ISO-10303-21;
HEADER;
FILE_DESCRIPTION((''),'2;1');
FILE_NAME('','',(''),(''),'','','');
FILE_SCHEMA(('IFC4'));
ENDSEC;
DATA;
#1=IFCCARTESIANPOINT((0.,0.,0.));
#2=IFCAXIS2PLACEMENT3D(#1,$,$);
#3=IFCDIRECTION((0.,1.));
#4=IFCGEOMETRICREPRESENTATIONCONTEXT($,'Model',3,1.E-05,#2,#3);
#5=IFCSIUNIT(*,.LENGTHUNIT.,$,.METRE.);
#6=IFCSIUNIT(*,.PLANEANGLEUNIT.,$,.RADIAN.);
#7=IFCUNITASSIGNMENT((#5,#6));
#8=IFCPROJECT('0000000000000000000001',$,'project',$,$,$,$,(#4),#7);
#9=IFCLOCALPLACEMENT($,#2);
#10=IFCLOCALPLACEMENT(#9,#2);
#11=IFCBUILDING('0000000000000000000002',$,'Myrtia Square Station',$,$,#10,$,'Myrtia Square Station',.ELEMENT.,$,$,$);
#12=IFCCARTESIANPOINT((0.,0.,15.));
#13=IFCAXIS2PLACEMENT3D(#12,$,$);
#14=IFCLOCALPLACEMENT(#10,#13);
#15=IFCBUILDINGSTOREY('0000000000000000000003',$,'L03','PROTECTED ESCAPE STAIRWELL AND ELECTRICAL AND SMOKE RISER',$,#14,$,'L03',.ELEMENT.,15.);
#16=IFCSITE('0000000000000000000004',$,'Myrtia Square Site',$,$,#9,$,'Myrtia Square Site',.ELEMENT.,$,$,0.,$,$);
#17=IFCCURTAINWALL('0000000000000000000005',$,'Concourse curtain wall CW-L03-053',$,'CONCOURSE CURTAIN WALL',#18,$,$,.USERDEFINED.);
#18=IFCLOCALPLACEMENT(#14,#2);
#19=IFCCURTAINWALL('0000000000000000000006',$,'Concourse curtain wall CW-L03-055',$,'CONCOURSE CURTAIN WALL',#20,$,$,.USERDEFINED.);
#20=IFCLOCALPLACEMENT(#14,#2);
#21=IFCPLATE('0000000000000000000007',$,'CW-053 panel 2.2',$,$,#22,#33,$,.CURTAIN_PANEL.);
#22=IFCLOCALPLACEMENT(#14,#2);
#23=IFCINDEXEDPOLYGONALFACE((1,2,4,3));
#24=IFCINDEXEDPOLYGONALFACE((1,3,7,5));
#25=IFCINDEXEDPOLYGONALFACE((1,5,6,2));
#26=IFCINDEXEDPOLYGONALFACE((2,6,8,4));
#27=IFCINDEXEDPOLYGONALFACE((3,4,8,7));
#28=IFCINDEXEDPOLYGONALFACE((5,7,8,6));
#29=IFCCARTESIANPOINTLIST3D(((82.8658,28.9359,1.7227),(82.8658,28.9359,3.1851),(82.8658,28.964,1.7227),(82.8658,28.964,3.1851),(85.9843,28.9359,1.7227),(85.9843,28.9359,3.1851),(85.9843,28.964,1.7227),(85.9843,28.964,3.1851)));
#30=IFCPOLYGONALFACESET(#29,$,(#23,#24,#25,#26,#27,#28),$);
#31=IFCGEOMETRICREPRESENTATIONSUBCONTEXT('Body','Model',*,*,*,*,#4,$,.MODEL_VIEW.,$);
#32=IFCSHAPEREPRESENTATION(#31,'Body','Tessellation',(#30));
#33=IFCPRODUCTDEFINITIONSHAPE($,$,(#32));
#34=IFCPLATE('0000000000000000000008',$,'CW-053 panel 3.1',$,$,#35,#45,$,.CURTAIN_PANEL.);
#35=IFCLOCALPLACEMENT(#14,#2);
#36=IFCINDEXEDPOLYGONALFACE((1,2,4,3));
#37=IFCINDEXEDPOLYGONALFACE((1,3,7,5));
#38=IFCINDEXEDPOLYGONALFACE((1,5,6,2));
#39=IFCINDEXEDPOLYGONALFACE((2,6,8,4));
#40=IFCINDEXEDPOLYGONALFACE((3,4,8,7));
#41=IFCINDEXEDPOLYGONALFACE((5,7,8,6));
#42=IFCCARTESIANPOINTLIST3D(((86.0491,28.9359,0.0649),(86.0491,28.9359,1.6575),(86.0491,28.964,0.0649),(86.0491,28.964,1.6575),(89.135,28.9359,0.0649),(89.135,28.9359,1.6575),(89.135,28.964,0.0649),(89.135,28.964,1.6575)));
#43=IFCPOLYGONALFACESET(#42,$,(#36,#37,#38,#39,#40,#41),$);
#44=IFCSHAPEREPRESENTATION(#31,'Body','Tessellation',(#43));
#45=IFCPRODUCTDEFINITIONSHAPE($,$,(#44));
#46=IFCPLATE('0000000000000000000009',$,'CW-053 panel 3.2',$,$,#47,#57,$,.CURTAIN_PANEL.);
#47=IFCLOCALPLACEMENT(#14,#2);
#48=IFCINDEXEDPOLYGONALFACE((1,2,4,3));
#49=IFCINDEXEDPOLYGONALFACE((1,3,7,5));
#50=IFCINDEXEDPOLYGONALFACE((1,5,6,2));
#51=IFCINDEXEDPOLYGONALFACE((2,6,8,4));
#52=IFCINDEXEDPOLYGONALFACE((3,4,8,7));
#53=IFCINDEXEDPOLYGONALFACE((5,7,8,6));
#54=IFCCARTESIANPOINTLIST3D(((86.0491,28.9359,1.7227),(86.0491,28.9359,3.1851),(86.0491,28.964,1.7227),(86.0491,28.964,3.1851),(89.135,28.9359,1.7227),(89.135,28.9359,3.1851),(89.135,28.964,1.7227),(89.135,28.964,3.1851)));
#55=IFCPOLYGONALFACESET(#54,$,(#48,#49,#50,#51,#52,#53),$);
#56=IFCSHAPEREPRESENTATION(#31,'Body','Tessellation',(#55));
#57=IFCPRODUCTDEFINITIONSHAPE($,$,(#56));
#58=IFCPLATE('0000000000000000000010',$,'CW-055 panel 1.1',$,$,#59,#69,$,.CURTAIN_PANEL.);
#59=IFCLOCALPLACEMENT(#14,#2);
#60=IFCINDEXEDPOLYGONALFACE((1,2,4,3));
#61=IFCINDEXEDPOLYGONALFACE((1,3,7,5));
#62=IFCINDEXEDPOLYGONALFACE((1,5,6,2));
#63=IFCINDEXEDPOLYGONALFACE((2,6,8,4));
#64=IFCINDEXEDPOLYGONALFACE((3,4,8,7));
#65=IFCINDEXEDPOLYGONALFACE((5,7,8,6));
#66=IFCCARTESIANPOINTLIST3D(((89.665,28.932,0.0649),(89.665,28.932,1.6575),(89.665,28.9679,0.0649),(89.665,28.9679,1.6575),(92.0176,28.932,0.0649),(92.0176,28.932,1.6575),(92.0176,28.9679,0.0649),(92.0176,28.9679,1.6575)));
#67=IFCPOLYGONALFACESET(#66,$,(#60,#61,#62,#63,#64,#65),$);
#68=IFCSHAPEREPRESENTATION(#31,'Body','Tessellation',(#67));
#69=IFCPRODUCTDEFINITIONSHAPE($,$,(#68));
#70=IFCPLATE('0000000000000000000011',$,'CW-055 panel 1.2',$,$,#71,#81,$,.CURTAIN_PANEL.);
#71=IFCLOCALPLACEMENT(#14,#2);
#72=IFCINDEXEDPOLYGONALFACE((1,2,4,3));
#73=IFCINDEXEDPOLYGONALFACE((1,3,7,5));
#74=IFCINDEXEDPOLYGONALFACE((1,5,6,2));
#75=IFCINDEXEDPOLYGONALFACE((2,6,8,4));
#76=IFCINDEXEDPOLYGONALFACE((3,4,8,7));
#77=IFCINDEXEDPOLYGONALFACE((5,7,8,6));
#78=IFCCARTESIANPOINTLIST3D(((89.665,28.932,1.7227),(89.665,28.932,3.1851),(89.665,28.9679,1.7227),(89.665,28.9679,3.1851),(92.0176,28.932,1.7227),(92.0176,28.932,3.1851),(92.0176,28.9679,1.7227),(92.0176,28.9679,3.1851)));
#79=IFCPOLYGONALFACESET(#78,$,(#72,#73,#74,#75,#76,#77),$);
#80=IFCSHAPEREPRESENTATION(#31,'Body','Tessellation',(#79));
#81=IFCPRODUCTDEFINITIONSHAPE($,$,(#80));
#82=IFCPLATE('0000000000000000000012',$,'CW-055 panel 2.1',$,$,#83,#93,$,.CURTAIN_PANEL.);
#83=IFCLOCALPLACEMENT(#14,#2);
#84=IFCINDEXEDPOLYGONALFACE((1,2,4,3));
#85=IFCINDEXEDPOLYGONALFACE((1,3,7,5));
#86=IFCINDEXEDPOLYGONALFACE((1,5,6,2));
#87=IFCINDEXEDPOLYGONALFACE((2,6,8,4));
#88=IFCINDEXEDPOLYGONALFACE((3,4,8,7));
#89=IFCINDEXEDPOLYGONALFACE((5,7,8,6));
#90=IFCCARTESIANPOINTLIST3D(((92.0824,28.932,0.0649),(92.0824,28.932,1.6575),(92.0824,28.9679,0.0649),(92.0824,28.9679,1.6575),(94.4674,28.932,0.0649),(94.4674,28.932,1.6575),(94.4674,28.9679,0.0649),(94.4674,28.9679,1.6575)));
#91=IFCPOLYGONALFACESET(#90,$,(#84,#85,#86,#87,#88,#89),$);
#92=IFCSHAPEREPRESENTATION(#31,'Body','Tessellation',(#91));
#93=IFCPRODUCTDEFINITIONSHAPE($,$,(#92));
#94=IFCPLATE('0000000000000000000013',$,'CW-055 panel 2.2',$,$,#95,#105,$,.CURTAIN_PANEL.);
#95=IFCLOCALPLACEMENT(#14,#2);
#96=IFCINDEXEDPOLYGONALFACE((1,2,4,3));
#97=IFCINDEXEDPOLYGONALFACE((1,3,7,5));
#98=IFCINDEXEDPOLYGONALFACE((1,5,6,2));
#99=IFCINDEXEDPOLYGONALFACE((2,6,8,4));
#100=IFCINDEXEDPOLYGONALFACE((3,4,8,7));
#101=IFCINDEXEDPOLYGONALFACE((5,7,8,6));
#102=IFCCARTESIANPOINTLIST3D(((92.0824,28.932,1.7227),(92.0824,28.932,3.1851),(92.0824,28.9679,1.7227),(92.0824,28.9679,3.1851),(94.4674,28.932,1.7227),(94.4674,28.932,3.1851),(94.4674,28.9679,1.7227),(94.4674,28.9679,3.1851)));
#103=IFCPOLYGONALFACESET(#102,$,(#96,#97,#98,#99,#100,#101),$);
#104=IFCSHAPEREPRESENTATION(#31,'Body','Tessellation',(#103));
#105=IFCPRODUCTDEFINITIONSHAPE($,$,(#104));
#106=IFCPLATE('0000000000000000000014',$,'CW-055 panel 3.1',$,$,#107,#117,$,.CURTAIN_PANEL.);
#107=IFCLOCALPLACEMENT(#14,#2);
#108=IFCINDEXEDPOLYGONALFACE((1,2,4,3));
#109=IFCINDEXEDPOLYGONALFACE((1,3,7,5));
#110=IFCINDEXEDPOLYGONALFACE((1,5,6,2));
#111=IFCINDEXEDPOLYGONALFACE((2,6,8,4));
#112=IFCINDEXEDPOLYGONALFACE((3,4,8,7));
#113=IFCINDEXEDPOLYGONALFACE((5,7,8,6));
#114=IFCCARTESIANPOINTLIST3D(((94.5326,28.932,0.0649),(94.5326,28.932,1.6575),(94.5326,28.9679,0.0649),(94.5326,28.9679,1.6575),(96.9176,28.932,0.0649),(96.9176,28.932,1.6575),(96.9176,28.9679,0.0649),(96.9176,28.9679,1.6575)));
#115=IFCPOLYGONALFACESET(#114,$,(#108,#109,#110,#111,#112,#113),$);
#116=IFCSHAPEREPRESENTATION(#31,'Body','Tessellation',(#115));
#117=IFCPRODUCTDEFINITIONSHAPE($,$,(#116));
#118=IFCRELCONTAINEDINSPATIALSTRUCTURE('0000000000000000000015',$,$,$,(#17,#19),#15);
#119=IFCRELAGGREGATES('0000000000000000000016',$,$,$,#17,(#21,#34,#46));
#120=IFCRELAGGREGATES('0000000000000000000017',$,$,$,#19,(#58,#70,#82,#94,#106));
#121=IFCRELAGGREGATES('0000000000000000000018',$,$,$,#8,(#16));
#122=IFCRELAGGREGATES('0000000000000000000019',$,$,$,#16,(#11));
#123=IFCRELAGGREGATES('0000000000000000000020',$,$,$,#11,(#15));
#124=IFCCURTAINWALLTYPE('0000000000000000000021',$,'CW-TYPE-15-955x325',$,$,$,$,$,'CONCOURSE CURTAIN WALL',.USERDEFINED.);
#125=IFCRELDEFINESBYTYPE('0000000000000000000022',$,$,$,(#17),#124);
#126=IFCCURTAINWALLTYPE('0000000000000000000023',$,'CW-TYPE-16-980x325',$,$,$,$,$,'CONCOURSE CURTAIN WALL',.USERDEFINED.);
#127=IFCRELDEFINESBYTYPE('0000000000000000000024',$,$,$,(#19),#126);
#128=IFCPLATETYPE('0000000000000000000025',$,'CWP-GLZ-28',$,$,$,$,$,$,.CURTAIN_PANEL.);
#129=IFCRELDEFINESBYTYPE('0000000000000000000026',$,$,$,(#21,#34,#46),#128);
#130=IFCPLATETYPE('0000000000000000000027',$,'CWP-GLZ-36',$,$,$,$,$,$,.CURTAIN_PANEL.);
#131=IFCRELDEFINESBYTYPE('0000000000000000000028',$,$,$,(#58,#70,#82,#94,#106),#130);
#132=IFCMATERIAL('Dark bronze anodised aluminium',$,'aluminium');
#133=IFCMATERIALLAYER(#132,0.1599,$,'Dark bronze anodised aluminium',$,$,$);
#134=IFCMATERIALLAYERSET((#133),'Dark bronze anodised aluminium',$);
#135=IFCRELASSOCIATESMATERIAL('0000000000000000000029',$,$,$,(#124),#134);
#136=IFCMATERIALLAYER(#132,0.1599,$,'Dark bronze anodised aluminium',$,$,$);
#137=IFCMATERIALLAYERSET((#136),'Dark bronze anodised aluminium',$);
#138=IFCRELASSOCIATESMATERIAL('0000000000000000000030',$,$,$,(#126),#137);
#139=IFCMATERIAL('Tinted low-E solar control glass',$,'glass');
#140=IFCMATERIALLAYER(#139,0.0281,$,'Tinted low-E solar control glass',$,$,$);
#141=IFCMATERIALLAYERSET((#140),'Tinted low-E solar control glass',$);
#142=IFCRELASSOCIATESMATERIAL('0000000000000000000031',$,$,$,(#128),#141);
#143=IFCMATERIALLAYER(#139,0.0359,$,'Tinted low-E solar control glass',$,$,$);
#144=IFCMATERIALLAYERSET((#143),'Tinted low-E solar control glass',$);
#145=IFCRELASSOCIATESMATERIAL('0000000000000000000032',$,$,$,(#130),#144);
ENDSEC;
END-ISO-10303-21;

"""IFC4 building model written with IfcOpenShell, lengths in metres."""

from ifc_helpers import new_model, si_unit, direction, frame, origin, origin_2d, place, context, subcontext, project, spatial, rectangle, extrude, material, layer, layer_set, type_object, element, aggregate, save


model = new_model("IFC4")

# Units and contexts
model_context = context("Model", 3, precision=1e-05, world=origin(), true_north=direction((0.0, 1.0)))
body_context = subcontext(model_context, "Body", "Model", "MODEL_VIEW")
ifc_project = project(units=[si_unit("LENGTHUNIT", "METRE"), si_unit("PLANEANGLEUNIT", "RADIAN")], contexts=[model_context])

# Site, building, storey
site_placement = place(None, origin())
site = spatial("IfcSite", under=ifc_project, at=site_placement, Name="Myrtia Square Site", LongName="Myrtia Square Site", CompositionType="ELEMENT", RefElevation=0.0)
building_placement = place(site_placement, origin())
building = spatial("IfcBuilding", under=site, at=building_placement, Name="Myrtia Square Station", LongName="Myrtia Square Station", CompositionType="ELEMENT")
storey_placement = place(building_placement, frame((0.0, 0.0, 15.0)))
storey = spatial("IfcBuildingStorey", under=building, at=storey_placement, Name="L03", Description="PROTECTED ESCAPE STAIRWELL AND ELECTRICAL AND SMOKE RISER", LongName="L03", CompositionType="ELEMENT", Elevation=15.0)

# Curtain walls
ifc_material_1 = material(Name="Dark bronze anodised aluminium", Category="aluminium")
ifc_layer_1 = layer(ifc_material_1, 0.1599, Name="Dark bronze anodised aluminium")
ifc_layer_set_1 = layer_set([ifc_layer_1], Name="Dark bronze anodised aluminium")
curtain_wall_type_1 = type_object("IfcCurtainWallType", Name="CW-TYPE-15-955x325", ElementType="CONCOURSE CURTAIN WALL", PredefinedType="USERDEFINED", material=ifc_layer_set_1)
curtain_wall_1_placement = place(storey_placement, origin())
curtain_wall_1 = element("IfcCurtainWall", 1, at=curtain_wall_1_placement, inside=storey, type_object=curtain_wall_type_1, Name="Concourse curtain wall CW-L03-053", ObjectType="CONCOURSE CURTAIN WALL", PredefinedType="USERDEFINED")
ifc_layer_2 = layer(ifc_material_1, 0.1599, Name="Dark bronze anodised aluminium")
ifc_layer_set_2 = layer_set([ifc_layer_2], Name="Dark bronze anodised aluminium")
curtain_wall_type_2 = type_object("IfcCurtainWallType", Name="CW-TYPE-16-980x325", ElementType="CONCOURSE CURTAIN WALL", PredefinedType="USERDEFINED", material=ifc_layer_set_2)
curtain_wall_2_placement = place(storey_placement, origin())
curtain_wall_2 = element("IfcCurtainWall", 2, at=curtain_wall_2_placement, inside=storey, type_object=curtain_wall_type_2, Name="Concourse curtain wall CW-L03-055", ObjectType="CONCOURSE CURTAIN WALL", PredefinedType="USERDEFINED")

# Plates
ifc_material_2 = material(Name="Tinted low-E solar control glass", Category="glass")
ifc_layer_3 = layer(ifc_material_2, 0.0281, Name="Tinted low-E solar control glass")
ifc_layer_set_3 = layer_set([ifc_layer_3], Name="Tinted low-E solar control glass")
plate_type_1 = type_object("IfcPlateType", Name="CWP-GLZ-28", PredefinedType="CURTAIN_PANEL", material=ifc_layer_set_3)
plate_1_placement = place(storey_placement, frame((84.425, 28.95, 1.7227), z_axis=(0.0, 0.0, 1.0), x_axis=(1.0, 0.0, 0.0)))
plate_1 = element("IfcPlate", 3, at=plate_1_placement, type_object=plate_type_1, Name="CW-053 panel 2.2", PredefinedType="CURTAIN_PANEL", context=body_context, shape_type="SweptSolid", body=[
    extrude(rectangle(XDim=3.1184, YDim=0.0281, at=origin_2d()), origin(), (0.0, 0.0, 1.0), 1.4624),
])
plate_2_placement = place(storey_placement, frame((87.592, 28.95, 0.0649), z_axis=(0.0, 0.0, 1.0), x_axis=(1.0, 0.0, 0.0)))
plate_2 = element("IfcPlate", 4, at=plate_2_placement, type_object=plate_type_1, Name="CW-053 panel 3.1", PredefinedType="CURTAIN_PANEL", context=body_context, shape_type="SweptSolid", body=[
    extrude(rectangle(XDim=3.0859, YDim=0.0281, at=origin_2d()), origin(), (0.0, 0.0, 1.0), 1.5925),
])
plate_3_placement = place(storey_placement, frame((87.592, 28.95, 1.7227), z_axis=(0.0, 0.0, 1.0), x_axis=(1.0, 0.0, 0.0)))
plate_3 = element("IfcPlate", 5, at=plate_3_placement, type_object=plate_type_1, Name="CW-053 panel 3.2", PredefinedType="CURTAIN_PANEL", context=body_context, shape_type="SweptSolid", body=[
    extrude(rectangle(XDim=3.0859, YDim=0.0281, at=origin_2d()), origin(), (0.0, 0.0, 1.0), 1.4624),
])
aggregate(curtain_wall_1, [plate_1, plate_2, plate_3])
ifc_layer_4 = layer(ifc_material_2, 0.0359, Name="Tinted low-E solar control glass")
ifc_layer_set_4 = layer_set([ifc_layer_4], Name="Tinted low-E solar control glass")
plate_type_2 = type_object("IfcPlateType", Name="CWP-GLZ-36", PredefinedType="CURTAIN_PANEL", material=ifc_layer_set_4)
plate_4_placement = place(storey_placement, frame((90.8413, 28.95, 0.0649), z_axis=(0.0, 0.0, 1.0), x_axis=(1.0, 0.0, 0.0)))
plate_4 = element("IfcPlate", 6, at=plate_4_placement, type_object=plate_type_2, Name="CW-055 panel 1.1", PredefinedType="CURTAIN_PANEL", context=body_context, shape_type="SweptSolid", body=[
    extrude(rectangle(XDim=2.3525, YDim=0.0359, at=origin_2d()), origin(), (0.0, 0.0, 1.0), 1.5925),
])
plate_5_placement = place(storey_placement, frame((90.8413, 28.95, 1.7227), z_axis=(0.0, 0.0, 1.0), x_axis=(1.0, 0.0, 0.0)))
plate_5 = element("IfcPlate", 7, at=plate_5_placement, type_object=plate_type_2, Name="CW-055 panel 1.2", PredefinedType="CURTAIN_PANEL", context=body_context, shape_type="SweptSolid", body=[
    extrude(rectangle(XDim=2.3525, YDim=0.0359, at=origin_2d()), origin(), (0.0, 0.0, 1.0), 1.4624),
])
plate_6_placement = place(storey_placement, frame((93.2749, 28.95, 0.0649), z_axis=(0.0, 0.0, 1.0), x_axis=(1.0, 0.0, 0.0)))
plate_6 = element("IfcPlate", 8, at=plate_6_placement, type_object=plate_type_2, Name="CW-055 panel 2.1", PredefinedType="CURTAIN_PANEL", context=body_context, shape_type="SweptSolid", body=[
    extrude(rectangle(XDim=2.385, YDim=0.0359, at=origin_2d()), origin(), (0.0, 0.0, 1.0), 1.5925),
])
plate_7_placement = place(storey_placement, frame((93.2749, 28.95, 1.7227), z_axis=(0.0, 0.0, 1.0), x_axis=(1.0, 0.0, 0.0)))
plate_7 = element("IfcPlate", 9, at=plate_7_placement, type_object=plate_type_2, Name="CW-055 panel 2.2", PredefinedType="CURTAIN_PANEL", context=body_context, shape_type="SweptSolid", body=[
    extrude(rectangle(XDim=2.385, YDim=0.0359, at=origin_2d()), origin(), (0.0, 0.0, 1.0), 1.4624),
])
plate_8_placement = place(storey_placement, frame((95.7251, 28.95, 0.0649), z_axis=(0.0, 0.0, 1.0), x_axis=(1.0, 0.0, 0.0)))
plate_8 = element("IfcPlate", 10, at=plate_8_placement, type_object=plate_type_2, Name="CW-055 panel 3.1", PredefinedType="CURTAIN_PANEL", context=body_context, shape_type="SweptSolid", body=[
    extrude(rectangle(XDim=2.385, YDim=0.0359, at=origin_2d()), origin(), (0.0, 0.0, 1.0), 1.5925),
])
aggregate(curtain_wall_2, [plate_4, plate_5, plate_6, plate_7, plate_8])

save(model, "model.ifc")
